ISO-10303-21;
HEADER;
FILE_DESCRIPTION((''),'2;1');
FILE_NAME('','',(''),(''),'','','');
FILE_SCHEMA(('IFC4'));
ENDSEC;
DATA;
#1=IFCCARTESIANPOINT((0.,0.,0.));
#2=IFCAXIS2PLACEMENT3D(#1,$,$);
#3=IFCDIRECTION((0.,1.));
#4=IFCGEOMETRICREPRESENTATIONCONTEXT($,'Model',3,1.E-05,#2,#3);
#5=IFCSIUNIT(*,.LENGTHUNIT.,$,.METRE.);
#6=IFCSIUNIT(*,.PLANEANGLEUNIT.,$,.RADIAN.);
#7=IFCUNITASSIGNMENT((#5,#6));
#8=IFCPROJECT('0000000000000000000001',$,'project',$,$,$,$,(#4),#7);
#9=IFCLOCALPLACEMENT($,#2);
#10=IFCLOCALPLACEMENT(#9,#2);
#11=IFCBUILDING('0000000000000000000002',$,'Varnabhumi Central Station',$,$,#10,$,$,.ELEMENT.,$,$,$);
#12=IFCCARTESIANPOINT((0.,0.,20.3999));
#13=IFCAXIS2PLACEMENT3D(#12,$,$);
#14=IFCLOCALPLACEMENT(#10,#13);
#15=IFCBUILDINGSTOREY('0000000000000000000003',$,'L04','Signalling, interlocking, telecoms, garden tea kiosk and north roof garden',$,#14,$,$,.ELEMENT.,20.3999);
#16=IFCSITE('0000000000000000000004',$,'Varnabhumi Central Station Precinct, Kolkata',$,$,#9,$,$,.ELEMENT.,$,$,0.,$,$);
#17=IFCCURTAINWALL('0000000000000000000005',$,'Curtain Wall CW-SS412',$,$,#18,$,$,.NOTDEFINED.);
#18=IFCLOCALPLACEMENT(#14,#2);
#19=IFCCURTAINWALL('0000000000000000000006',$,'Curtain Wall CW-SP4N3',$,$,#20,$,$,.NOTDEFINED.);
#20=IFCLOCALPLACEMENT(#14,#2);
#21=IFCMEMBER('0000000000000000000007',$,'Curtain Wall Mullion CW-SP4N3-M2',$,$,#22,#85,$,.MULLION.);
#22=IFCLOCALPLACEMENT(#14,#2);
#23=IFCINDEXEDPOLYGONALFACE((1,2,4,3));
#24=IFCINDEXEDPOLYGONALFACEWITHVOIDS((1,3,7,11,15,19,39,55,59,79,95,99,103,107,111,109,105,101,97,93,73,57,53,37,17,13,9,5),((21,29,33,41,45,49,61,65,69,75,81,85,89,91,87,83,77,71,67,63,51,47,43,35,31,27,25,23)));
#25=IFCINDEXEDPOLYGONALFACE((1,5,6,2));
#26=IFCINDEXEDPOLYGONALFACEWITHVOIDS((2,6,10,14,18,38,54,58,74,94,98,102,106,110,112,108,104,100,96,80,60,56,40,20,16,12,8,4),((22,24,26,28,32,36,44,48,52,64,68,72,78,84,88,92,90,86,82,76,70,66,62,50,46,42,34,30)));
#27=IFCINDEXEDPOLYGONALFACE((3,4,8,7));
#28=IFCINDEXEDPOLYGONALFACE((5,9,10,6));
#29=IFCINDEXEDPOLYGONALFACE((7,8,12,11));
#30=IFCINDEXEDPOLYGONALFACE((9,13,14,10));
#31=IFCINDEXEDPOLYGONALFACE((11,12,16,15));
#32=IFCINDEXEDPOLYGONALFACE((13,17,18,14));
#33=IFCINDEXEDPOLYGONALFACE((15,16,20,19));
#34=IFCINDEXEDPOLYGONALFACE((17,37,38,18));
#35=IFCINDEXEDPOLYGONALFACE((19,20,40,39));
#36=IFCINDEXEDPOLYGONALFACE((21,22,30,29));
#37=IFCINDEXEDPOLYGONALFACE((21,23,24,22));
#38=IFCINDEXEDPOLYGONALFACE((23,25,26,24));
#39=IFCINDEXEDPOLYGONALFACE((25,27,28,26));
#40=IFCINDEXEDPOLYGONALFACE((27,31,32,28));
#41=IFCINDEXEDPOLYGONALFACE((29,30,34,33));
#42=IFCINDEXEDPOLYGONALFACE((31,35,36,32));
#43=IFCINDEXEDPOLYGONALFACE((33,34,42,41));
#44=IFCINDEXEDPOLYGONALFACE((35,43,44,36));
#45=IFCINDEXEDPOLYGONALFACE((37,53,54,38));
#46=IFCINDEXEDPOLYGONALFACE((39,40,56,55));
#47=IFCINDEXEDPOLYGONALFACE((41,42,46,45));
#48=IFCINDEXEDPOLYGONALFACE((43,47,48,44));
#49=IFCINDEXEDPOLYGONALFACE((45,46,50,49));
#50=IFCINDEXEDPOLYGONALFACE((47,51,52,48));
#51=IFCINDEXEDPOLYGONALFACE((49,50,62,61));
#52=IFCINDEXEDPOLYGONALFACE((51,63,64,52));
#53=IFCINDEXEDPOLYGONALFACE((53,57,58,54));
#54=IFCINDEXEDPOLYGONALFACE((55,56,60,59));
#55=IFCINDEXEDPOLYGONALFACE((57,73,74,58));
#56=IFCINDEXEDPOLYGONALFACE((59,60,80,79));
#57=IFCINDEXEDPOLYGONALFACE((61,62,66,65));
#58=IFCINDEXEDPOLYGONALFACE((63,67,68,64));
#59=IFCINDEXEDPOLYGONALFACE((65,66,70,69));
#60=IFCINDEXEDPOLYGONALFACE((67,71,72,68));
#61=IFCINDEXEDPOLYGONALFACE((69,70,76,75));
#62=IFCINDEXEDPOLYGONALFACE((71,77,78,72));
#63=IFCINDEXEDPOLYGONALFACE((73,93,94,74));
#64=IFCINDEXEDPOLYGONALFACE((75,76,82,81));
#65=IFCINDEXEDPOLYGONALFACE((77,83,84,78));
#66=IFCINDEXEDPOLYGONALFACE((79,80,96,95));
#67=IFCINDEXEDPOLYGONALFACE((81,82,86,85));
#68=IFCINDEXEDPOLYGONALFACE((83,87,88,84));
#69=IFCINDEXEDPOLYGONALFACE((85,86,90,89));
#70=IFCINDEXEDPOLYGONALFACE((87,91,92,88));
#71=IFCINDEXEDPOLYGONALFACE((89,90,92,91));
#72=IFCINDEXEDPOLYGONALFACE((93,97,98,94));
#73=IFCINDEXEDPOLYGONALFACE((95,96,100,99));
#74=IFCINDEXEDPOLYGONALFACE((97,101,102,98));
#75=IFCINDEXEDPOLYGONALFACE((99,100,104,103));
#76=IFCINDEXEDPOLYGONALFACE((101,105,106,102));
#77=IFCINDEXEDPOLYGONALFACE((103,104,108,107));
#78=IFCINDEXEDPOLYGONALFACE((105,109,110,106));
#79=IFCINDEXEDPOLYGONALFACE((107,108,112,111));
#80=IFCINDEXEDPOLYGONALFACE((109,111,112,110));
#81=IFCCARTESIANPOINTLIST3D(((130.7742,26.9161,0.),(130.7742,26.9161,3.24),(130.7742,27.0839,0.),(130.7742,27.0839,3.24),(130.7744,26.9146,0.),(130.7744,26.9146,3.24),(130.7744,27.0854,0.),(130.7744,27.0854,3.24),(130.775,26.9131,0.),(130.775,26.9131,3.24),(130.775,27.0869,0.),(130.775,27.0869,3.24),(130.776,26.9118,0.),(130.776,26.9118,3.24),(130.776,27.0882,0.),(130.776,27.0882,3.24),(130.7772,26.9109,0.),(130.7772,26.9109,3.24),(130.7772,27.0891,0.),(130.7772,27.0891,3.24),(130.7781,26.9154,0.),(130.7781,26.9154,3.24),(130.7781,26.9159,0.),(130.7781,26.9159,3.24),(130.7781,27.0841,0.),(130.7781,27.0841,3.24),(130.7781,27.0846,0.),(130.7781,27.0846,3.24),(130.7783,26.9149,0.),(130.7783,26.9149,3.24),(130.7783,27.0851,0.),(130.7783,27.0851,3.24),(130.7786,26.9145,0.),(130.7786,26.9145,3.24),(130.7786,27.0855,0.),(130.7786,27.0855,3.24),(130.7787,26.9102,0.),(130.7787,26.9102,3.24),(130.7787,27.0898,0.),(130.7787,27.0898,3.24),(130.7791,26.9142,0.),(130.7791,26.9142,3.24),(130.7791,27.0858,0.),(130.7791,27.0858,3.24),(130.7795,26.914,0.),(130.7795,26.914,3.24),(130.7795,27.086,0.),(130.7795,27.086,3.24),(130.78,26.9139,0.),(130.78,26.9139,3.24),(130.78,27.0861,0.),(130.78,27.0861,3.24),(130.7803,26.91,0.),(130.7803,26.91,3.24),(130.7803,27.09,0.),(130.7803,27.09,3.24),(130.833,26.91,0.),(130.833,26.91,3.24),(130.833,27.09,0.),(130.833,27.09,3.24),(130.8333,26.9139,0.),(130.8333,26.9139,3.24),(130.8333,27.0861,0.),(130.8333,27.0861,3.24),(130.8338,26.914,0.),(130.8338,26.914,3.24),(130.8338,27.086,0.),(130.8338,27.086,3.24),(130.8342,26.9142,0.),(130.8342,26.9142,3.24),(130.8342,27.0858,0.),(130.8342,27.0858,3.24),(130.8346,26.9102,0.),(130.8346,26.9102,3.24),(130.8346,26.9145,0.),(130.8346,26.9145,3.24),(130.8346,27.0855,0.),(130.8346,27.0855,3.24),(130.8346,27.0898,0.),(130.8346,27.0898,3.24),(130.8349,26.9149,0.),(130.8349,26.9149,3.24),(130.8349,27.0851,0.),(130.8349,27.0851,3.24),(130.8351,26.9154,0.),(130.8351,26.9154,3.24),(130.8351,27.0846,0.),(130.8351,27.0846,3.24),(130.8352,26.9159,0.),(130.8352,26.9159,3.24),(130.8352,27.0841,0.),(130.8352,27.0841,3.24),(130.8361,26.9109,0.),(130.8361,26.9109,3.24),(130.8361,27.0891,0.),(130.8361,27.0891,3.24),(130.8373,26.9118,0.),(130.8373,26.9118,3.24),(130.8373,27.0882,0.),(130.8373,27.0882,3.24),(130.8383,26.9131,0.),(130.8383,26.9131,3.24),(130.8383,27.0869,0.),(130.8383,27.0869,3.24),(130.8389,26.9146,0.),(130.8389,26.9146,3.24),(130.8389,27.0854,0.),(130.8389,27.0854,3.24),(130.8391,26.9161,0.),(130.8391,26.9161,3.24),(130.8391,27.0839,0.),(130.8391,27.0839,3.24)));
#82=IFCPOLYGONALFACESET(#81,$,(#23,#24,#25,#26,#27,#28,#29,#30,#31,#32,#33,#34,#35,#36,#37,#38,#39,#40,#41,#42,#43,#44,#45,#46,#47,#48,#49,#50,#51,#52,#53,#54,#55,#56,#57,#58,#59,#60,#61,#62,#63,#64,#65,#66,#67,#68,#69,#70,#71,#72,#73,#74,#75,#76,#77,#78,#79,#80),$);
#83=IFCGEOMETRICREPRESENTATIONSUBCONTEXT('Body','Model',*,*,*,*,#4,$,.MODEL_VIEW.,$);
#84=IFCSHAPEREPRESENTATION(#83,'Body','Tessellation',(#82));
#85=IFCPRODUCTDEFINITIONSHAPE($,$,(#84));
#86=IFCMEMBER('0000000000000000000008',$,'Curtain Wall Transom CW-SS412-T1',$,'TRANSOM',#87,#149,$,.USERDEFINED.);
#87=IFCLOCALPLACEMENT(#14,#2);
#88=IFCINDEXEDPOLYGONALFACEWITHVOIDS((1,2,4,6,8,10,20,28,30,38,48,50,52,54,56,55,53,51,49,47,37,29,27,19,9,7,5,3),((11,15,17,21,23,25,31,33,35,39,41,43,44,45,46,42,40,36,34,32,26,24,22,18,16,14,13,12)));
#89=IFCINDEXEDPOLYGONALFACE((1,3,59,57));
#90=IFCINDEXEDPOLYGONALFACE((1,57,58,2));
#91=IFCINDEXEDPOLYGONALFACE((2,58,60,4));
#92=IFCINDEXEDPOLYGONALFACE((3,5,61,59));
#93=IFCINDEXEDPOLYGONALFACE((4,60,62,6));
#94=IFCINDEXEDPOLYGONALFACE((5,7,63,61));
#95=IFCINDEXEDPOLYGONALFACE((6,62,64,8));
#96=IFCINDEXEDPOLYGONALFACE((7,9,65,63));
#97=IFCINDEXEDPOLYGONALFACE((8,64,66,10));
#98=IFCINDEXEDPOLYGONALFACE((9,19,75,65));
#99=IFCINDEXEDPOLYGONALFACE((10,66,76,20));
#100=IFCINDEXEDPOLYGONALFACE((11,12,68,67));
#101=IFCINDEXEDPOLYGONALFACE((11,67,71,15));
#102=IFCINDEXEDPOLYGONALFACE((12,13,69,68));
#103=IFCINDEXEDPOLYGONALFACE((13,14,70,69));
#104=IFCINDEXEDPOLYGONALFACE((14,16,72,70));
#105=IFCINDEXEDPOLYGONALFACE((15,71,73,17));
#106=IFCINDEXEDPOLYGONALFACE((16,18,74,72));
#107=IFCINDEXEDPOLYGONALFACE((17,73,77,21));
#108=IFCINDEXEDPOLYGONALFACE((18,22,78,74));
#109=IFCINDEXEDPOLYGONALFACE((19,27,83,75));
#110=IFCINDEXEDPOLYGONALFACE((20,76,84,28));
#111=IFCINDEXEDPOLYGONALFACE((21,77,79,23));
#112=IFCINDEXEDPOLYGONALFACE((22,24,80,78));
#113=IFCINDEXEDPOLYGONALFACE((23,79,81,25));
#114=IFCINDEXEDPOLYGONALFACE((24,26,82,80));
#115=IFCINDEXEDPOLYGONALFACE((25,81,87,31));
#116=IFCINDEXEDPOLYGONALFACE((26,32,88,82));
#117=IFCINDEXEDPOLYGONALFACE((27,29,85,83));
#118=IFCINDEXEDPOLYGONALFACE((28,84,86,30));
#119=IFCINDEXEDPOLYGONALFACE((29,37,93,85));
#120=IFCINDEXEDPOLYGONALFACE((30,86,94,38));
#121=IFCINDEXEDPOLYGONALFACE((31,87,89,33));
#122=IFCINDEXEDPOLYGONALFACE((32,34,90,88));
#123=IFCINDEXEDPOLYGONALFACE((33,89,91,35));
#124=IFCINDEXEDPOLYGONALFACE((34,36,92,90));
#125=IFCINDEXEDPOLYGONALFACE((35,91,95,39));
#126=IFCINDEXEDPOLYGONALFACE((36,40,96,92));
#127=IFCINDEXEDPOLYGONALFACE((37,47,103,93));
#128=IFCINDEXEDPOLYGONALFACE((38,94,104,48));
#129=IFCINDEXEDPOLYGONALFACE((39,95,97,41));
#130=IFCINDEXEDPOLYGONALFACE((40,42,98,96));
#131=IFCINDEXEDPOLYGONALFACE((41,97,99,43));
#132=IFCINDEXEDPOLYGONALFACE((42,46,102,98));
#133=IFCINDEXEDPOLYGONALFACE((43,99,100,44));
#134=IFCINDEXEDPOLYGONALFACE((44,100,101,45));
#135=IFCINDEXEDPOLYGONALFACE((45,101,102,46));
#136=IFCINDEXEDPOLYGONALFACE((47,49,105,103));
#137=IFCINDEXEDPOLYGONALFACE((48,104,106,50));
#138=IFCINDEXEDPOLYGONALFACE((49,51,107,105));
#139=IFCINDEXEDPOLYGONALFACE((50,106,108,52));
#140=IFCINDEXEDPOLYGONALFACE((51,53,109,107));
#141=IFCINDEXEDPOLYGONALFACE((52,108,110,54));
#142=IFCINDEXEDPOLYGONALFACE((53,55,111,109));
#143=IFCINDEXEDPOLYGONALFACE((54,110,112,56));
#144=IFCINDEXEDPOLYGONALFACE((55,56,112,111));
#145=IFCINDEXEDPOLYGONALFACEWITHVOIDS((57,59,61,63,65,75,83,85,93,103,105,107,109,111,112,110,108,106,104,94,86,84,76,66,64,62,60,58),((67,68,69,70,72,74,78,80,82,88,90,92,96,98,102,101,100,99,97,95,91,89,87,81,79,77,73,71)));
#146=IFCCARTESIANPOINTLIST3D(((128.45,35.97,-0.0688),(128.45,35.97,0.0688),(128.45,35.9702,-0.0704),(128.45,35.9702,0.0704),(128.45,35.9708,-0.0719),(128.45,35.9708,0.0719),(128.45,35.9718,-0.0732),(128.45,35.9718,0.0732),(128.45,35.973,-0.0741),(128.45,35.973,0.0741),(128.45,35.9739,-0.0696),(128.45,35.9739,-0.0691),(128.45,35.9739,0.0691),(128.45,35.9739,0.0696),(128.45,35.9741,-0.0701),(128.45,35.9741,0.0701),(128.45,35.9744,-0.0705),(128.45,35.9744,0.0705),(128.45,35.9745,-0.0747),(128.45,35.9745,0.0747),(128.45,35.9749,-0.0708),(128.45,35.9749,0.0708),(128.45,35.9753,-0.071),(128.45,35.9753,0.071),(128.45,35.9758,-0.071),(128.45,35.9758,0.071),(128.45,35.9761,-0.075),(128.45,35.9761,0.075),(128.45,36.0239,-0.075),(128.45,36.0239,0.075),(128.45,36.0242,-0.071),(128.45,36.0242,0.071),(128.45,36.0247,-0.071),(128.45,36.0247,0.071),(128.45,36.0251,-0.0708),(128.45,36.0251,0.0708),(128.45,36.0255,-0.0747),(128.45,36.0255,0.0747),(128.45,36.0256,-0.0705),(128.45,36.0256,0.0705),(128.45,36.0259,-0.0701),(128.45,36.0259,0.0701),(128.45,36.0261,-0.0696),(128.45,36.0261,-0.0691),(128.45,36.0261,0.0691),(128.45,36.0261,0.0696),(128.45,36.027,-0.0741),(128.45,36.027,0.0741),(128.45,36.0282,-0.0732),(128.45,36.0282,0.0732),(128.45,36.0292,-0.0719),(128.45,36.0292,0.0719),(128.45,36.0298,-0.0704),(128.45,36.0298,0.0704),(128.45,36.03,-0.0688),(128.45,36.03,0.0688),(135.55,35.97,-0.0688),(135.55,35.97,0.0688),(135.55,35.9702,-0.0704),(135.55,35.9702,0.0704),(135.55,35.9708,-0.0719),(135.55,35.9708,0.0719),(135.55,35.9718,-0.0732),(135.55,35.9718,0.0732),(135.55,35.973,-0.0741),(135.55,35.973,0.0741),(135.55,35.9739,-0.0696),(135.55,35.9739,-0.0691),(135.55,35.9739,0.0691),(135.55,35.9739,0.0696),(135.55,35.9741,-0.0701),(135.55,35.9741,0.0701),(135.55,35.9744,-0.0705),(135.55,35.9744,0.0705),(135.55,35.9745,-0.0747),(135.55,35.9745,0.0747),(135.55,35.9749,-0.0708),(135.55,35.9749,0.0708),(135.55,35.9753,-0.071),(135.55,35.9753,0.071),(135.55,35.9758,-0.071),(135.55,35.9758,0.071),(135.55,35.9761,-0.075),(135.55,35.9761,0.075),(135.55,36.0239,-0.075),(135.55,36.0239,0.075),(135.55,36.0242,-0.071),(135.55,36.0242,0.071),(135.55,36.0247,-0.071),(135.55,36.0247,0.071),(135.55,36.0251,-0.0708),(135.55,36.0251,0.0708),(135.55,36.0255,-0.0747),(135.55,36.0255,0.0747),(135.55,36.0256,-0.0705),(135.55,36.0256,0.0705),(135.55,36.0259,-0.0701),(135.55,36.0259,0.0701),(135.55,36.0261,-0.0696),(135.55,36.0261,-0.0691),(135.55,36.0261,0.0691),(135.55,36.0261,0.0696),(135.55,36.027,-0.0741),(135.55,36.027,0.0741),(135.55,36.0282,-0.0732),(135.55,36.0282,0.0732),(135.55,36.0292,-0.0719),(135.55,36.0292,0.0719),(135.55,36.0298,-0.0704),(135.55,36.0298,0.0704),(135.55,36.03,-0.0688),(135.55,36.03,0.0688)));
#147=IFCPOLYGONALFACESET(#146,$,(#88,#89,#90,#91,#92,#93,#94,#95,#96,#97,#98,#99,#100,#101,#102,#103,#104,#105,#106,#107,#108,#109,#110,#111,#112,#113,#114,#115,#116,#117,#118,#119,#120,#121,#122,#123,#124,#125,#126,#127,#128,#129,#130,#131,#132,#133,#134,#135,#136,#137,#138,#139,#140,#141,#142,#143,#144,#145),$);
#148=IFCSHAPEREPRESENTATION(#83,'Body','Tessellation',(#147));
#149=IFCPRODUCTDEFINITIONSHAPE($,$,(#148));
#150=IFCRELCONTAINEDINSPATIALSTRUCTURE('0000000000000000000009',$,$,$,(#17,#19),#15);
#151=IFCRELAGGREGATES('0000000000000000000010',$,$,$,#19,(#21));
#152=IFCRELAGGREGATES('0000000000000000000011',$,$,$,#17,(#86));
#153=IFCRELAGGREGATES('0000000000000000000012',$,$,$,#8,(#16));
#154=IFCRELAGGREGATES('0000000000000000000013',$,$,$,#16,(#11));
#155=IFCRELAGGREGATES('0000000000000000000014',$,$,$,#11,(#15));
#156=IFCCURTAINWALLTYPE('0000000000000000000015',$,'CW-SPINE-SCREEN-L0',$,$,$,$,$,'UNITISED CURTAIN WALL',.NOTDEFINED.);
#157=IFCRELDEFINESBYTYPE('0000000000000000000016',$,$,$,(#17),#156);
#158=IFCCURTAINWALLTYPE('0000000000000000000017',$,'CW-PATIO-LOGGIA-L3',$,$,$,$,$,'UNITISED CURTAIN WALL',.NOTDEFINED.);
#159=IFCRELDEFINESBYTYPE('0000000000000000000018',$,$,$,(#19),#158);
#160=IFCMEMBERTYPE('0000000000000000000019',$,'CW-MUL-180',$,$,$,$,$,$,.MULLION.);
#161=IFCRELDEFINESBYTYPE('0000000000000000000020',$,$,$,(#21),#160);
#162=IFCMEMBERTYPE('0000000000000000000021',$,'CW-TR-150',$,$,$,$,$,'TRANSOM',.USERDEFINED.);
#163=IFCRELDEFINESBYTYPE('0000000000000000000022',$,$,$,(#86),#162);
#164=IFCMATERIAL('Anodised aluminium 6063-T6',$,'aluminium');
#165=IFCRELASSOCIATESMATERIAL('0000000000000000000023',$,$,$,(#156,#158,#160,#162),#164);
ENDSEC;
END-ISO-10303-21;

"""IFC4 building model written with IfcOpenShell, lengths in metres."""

from ifc_helpers import new_model, si_unit, direction, frame, origin, origin_2d, place, context, subcontext, project, spatial, hollow_rectangle, extrude, material, material_profile, profile_set, type_object, element, aggregate, save


model = new_model("IFC4")

# Units and contexts
model_context = context("Model", 3, precision=1e-05, world=origin(), true_north=direction((0.0, 1.0)))
body_context = subcontext(model_context, "Body", "Model", "MODEL_VIEW")
ifc_project = project(units=[si_unit("LENGTHUNIT", "METRE"), si_unit("PLANEANGLEUNIT", "RADIAN")], contexts=[model_context])

# Site, building, storey
site_placement = place(None, origin())
site = spatial("IfcSite", under=ifc_project, at=site_placement, Name="Varnabhumi Central Station Precinct, Kolkata", CompositionType="ELEMENT", RefElevation=0.0)
building_placement = place(site_placement, origin())
building = spatial("IfcBuilding", under=site, at=building_placement, Name="Varnabhumi Central Station", CompositionType="ELEMENT")
storey_placement = place(building_placement, frame((0.0, 0.0, 20.3999)))
storey = spatial("IfcBuildingStorey", under=building, at=storey_placement, Name="L04", Description="Signalling, interlocking, telecoms, garden tea kiosk and north roof garden", CompositionType="ELEMENT", Elevation=20.3999)

# Curtain wall
ifc_material_1 = material(Name="Anodised aluminium 6063-T6", Category="aluminium")
curtain_wall_type_1 = type_object("IfcCurtainWallType", Name="CW-SPINE-SCREEN-L0", ElementType="UNITISED CURTAIN WALL", PredefinedType="NOTDEFINED", material=ifc_material_1)
curtain_wall_1_placement = place(storey_placement, origin())
curtain_wall_1 = element("IfcCurtainWall", 1, at=curtain_wall_1_placement, inside=storey, type_object=curtain_wall_type_1, Name="Curtain Wall CW-SS412", PredefinedType="NOTDEFINED")
ifc_material_profile_1 = material_profile(ifc_material_1, hollow_rectangle(XDim=0.0649, YDim=0.1799, WallThickness=0.0039, InnerFilletRadius=0.002, OuterFilletRadius=0.0061, at=origin_2d()), Name="Anodised aluminium 6063-T6", Category="aluminium")
ifc_profile_set_1 = profile_set([ifc_material_profile_1], Name="Anodised aluminium 6063-T6")
member_type_1 = type_object("IfcMemberType", Name="CW-MUL-180", PredefinedType="MULLION", material=ifc_profile_set_1)

# Shared definitions
curtain_wall_type_2 = type_object("IfcCurtainWallType", Name="CW-PATIO-LOGGIA-L3", ElementType="UNITISED CURTAIN WALL", PredefinedType="NOTDEFINED", material=ifc_material_1)

# Curtain wall, member
curtain_wall_2_placement = place(storey_placement, origin())
curtain_wall_2 = element("IfcCurtainWall", 2, at=curtain_wall_2_placement, inside=storey, type_object=curtain_wall_type_2, Name="Curtain Wall CW-SP4N3", PredefinedType="NOTDEFINED")
member_1_placement = place(storey_placement, frame((130.8066, 27.0, 0.0), z_axis=(0.0, 0.0, 1.0), x_axis=(1.0, 0.0, 0.0)))
member_1 = element("IfcMember", 3, at=member_1_placement, type_object=member_type_1, Name="Curtain Wall Mullion CW-SP4N3-M2", PredefinedType="MULLION", context=body_context, shape_type="SweptSolid", body=[
    extrude(hollow_rectangle(XDim=0.0649, YDim=0.1799, WallThickness=0.0039, InnerFilletRadius=0.002, OuterFilletRadius=0.0061, at=origin_2d()), origin(), (0.0, 0.0, 1.0), 3.24),
])

# Member
ifc_material_profile_2 = material_profile(ifc_material_1, hollow_rectangle(XDim=0.0601, YDim=0.1499, WallThickness=0.0039, InnerFilletRadius=0.002, OuterFilletRadius=0.0061, at=origin_2d()), Name="Anodised aluminium 6063-T6", Category="aluminium")
ifc_profile_set_2 = profile_set([ifc_material_profile_2], Name="Anodised aluminium 6063-T6")
member_type_2 = type_object("IfcMemberType", Name="CW-TR-150", ElementType="TRANSOM", PredefinedType="USERDEFINED", material=ifc_profile_set_2)
member_2_placement = place(storey_placement, frame((128.45, 36.0, 0.0), z_axis=(1.0, 0.0, 0.0), x_axis=(0.0, 1.0, 0.0)))
member_2 = element("IfcMember", 4, at=member_2_placement, type_object=member_type_2, Name="Curtain Wall Transom CW-SS412-T1", ObjectType="TRANSOM", PredefinedType="USERDEFINED", context=body_context, shape_type="SweptSolid", body=[
    extrude(hollow_rectangle(XDim=0.0601, YDim=0.1499, WallThickness=0.0039, InnerFilletRadius=0.002, OuterFilletRadius=0.0061, at=origin_2d()), origin(), (0.0, 0.0, 1.0), 7.1001),
])

aggregate(curtain_wall_2, [member_1])
aggregate(curtain_wall_1, [member_2])

save(model, "model.ifc")
